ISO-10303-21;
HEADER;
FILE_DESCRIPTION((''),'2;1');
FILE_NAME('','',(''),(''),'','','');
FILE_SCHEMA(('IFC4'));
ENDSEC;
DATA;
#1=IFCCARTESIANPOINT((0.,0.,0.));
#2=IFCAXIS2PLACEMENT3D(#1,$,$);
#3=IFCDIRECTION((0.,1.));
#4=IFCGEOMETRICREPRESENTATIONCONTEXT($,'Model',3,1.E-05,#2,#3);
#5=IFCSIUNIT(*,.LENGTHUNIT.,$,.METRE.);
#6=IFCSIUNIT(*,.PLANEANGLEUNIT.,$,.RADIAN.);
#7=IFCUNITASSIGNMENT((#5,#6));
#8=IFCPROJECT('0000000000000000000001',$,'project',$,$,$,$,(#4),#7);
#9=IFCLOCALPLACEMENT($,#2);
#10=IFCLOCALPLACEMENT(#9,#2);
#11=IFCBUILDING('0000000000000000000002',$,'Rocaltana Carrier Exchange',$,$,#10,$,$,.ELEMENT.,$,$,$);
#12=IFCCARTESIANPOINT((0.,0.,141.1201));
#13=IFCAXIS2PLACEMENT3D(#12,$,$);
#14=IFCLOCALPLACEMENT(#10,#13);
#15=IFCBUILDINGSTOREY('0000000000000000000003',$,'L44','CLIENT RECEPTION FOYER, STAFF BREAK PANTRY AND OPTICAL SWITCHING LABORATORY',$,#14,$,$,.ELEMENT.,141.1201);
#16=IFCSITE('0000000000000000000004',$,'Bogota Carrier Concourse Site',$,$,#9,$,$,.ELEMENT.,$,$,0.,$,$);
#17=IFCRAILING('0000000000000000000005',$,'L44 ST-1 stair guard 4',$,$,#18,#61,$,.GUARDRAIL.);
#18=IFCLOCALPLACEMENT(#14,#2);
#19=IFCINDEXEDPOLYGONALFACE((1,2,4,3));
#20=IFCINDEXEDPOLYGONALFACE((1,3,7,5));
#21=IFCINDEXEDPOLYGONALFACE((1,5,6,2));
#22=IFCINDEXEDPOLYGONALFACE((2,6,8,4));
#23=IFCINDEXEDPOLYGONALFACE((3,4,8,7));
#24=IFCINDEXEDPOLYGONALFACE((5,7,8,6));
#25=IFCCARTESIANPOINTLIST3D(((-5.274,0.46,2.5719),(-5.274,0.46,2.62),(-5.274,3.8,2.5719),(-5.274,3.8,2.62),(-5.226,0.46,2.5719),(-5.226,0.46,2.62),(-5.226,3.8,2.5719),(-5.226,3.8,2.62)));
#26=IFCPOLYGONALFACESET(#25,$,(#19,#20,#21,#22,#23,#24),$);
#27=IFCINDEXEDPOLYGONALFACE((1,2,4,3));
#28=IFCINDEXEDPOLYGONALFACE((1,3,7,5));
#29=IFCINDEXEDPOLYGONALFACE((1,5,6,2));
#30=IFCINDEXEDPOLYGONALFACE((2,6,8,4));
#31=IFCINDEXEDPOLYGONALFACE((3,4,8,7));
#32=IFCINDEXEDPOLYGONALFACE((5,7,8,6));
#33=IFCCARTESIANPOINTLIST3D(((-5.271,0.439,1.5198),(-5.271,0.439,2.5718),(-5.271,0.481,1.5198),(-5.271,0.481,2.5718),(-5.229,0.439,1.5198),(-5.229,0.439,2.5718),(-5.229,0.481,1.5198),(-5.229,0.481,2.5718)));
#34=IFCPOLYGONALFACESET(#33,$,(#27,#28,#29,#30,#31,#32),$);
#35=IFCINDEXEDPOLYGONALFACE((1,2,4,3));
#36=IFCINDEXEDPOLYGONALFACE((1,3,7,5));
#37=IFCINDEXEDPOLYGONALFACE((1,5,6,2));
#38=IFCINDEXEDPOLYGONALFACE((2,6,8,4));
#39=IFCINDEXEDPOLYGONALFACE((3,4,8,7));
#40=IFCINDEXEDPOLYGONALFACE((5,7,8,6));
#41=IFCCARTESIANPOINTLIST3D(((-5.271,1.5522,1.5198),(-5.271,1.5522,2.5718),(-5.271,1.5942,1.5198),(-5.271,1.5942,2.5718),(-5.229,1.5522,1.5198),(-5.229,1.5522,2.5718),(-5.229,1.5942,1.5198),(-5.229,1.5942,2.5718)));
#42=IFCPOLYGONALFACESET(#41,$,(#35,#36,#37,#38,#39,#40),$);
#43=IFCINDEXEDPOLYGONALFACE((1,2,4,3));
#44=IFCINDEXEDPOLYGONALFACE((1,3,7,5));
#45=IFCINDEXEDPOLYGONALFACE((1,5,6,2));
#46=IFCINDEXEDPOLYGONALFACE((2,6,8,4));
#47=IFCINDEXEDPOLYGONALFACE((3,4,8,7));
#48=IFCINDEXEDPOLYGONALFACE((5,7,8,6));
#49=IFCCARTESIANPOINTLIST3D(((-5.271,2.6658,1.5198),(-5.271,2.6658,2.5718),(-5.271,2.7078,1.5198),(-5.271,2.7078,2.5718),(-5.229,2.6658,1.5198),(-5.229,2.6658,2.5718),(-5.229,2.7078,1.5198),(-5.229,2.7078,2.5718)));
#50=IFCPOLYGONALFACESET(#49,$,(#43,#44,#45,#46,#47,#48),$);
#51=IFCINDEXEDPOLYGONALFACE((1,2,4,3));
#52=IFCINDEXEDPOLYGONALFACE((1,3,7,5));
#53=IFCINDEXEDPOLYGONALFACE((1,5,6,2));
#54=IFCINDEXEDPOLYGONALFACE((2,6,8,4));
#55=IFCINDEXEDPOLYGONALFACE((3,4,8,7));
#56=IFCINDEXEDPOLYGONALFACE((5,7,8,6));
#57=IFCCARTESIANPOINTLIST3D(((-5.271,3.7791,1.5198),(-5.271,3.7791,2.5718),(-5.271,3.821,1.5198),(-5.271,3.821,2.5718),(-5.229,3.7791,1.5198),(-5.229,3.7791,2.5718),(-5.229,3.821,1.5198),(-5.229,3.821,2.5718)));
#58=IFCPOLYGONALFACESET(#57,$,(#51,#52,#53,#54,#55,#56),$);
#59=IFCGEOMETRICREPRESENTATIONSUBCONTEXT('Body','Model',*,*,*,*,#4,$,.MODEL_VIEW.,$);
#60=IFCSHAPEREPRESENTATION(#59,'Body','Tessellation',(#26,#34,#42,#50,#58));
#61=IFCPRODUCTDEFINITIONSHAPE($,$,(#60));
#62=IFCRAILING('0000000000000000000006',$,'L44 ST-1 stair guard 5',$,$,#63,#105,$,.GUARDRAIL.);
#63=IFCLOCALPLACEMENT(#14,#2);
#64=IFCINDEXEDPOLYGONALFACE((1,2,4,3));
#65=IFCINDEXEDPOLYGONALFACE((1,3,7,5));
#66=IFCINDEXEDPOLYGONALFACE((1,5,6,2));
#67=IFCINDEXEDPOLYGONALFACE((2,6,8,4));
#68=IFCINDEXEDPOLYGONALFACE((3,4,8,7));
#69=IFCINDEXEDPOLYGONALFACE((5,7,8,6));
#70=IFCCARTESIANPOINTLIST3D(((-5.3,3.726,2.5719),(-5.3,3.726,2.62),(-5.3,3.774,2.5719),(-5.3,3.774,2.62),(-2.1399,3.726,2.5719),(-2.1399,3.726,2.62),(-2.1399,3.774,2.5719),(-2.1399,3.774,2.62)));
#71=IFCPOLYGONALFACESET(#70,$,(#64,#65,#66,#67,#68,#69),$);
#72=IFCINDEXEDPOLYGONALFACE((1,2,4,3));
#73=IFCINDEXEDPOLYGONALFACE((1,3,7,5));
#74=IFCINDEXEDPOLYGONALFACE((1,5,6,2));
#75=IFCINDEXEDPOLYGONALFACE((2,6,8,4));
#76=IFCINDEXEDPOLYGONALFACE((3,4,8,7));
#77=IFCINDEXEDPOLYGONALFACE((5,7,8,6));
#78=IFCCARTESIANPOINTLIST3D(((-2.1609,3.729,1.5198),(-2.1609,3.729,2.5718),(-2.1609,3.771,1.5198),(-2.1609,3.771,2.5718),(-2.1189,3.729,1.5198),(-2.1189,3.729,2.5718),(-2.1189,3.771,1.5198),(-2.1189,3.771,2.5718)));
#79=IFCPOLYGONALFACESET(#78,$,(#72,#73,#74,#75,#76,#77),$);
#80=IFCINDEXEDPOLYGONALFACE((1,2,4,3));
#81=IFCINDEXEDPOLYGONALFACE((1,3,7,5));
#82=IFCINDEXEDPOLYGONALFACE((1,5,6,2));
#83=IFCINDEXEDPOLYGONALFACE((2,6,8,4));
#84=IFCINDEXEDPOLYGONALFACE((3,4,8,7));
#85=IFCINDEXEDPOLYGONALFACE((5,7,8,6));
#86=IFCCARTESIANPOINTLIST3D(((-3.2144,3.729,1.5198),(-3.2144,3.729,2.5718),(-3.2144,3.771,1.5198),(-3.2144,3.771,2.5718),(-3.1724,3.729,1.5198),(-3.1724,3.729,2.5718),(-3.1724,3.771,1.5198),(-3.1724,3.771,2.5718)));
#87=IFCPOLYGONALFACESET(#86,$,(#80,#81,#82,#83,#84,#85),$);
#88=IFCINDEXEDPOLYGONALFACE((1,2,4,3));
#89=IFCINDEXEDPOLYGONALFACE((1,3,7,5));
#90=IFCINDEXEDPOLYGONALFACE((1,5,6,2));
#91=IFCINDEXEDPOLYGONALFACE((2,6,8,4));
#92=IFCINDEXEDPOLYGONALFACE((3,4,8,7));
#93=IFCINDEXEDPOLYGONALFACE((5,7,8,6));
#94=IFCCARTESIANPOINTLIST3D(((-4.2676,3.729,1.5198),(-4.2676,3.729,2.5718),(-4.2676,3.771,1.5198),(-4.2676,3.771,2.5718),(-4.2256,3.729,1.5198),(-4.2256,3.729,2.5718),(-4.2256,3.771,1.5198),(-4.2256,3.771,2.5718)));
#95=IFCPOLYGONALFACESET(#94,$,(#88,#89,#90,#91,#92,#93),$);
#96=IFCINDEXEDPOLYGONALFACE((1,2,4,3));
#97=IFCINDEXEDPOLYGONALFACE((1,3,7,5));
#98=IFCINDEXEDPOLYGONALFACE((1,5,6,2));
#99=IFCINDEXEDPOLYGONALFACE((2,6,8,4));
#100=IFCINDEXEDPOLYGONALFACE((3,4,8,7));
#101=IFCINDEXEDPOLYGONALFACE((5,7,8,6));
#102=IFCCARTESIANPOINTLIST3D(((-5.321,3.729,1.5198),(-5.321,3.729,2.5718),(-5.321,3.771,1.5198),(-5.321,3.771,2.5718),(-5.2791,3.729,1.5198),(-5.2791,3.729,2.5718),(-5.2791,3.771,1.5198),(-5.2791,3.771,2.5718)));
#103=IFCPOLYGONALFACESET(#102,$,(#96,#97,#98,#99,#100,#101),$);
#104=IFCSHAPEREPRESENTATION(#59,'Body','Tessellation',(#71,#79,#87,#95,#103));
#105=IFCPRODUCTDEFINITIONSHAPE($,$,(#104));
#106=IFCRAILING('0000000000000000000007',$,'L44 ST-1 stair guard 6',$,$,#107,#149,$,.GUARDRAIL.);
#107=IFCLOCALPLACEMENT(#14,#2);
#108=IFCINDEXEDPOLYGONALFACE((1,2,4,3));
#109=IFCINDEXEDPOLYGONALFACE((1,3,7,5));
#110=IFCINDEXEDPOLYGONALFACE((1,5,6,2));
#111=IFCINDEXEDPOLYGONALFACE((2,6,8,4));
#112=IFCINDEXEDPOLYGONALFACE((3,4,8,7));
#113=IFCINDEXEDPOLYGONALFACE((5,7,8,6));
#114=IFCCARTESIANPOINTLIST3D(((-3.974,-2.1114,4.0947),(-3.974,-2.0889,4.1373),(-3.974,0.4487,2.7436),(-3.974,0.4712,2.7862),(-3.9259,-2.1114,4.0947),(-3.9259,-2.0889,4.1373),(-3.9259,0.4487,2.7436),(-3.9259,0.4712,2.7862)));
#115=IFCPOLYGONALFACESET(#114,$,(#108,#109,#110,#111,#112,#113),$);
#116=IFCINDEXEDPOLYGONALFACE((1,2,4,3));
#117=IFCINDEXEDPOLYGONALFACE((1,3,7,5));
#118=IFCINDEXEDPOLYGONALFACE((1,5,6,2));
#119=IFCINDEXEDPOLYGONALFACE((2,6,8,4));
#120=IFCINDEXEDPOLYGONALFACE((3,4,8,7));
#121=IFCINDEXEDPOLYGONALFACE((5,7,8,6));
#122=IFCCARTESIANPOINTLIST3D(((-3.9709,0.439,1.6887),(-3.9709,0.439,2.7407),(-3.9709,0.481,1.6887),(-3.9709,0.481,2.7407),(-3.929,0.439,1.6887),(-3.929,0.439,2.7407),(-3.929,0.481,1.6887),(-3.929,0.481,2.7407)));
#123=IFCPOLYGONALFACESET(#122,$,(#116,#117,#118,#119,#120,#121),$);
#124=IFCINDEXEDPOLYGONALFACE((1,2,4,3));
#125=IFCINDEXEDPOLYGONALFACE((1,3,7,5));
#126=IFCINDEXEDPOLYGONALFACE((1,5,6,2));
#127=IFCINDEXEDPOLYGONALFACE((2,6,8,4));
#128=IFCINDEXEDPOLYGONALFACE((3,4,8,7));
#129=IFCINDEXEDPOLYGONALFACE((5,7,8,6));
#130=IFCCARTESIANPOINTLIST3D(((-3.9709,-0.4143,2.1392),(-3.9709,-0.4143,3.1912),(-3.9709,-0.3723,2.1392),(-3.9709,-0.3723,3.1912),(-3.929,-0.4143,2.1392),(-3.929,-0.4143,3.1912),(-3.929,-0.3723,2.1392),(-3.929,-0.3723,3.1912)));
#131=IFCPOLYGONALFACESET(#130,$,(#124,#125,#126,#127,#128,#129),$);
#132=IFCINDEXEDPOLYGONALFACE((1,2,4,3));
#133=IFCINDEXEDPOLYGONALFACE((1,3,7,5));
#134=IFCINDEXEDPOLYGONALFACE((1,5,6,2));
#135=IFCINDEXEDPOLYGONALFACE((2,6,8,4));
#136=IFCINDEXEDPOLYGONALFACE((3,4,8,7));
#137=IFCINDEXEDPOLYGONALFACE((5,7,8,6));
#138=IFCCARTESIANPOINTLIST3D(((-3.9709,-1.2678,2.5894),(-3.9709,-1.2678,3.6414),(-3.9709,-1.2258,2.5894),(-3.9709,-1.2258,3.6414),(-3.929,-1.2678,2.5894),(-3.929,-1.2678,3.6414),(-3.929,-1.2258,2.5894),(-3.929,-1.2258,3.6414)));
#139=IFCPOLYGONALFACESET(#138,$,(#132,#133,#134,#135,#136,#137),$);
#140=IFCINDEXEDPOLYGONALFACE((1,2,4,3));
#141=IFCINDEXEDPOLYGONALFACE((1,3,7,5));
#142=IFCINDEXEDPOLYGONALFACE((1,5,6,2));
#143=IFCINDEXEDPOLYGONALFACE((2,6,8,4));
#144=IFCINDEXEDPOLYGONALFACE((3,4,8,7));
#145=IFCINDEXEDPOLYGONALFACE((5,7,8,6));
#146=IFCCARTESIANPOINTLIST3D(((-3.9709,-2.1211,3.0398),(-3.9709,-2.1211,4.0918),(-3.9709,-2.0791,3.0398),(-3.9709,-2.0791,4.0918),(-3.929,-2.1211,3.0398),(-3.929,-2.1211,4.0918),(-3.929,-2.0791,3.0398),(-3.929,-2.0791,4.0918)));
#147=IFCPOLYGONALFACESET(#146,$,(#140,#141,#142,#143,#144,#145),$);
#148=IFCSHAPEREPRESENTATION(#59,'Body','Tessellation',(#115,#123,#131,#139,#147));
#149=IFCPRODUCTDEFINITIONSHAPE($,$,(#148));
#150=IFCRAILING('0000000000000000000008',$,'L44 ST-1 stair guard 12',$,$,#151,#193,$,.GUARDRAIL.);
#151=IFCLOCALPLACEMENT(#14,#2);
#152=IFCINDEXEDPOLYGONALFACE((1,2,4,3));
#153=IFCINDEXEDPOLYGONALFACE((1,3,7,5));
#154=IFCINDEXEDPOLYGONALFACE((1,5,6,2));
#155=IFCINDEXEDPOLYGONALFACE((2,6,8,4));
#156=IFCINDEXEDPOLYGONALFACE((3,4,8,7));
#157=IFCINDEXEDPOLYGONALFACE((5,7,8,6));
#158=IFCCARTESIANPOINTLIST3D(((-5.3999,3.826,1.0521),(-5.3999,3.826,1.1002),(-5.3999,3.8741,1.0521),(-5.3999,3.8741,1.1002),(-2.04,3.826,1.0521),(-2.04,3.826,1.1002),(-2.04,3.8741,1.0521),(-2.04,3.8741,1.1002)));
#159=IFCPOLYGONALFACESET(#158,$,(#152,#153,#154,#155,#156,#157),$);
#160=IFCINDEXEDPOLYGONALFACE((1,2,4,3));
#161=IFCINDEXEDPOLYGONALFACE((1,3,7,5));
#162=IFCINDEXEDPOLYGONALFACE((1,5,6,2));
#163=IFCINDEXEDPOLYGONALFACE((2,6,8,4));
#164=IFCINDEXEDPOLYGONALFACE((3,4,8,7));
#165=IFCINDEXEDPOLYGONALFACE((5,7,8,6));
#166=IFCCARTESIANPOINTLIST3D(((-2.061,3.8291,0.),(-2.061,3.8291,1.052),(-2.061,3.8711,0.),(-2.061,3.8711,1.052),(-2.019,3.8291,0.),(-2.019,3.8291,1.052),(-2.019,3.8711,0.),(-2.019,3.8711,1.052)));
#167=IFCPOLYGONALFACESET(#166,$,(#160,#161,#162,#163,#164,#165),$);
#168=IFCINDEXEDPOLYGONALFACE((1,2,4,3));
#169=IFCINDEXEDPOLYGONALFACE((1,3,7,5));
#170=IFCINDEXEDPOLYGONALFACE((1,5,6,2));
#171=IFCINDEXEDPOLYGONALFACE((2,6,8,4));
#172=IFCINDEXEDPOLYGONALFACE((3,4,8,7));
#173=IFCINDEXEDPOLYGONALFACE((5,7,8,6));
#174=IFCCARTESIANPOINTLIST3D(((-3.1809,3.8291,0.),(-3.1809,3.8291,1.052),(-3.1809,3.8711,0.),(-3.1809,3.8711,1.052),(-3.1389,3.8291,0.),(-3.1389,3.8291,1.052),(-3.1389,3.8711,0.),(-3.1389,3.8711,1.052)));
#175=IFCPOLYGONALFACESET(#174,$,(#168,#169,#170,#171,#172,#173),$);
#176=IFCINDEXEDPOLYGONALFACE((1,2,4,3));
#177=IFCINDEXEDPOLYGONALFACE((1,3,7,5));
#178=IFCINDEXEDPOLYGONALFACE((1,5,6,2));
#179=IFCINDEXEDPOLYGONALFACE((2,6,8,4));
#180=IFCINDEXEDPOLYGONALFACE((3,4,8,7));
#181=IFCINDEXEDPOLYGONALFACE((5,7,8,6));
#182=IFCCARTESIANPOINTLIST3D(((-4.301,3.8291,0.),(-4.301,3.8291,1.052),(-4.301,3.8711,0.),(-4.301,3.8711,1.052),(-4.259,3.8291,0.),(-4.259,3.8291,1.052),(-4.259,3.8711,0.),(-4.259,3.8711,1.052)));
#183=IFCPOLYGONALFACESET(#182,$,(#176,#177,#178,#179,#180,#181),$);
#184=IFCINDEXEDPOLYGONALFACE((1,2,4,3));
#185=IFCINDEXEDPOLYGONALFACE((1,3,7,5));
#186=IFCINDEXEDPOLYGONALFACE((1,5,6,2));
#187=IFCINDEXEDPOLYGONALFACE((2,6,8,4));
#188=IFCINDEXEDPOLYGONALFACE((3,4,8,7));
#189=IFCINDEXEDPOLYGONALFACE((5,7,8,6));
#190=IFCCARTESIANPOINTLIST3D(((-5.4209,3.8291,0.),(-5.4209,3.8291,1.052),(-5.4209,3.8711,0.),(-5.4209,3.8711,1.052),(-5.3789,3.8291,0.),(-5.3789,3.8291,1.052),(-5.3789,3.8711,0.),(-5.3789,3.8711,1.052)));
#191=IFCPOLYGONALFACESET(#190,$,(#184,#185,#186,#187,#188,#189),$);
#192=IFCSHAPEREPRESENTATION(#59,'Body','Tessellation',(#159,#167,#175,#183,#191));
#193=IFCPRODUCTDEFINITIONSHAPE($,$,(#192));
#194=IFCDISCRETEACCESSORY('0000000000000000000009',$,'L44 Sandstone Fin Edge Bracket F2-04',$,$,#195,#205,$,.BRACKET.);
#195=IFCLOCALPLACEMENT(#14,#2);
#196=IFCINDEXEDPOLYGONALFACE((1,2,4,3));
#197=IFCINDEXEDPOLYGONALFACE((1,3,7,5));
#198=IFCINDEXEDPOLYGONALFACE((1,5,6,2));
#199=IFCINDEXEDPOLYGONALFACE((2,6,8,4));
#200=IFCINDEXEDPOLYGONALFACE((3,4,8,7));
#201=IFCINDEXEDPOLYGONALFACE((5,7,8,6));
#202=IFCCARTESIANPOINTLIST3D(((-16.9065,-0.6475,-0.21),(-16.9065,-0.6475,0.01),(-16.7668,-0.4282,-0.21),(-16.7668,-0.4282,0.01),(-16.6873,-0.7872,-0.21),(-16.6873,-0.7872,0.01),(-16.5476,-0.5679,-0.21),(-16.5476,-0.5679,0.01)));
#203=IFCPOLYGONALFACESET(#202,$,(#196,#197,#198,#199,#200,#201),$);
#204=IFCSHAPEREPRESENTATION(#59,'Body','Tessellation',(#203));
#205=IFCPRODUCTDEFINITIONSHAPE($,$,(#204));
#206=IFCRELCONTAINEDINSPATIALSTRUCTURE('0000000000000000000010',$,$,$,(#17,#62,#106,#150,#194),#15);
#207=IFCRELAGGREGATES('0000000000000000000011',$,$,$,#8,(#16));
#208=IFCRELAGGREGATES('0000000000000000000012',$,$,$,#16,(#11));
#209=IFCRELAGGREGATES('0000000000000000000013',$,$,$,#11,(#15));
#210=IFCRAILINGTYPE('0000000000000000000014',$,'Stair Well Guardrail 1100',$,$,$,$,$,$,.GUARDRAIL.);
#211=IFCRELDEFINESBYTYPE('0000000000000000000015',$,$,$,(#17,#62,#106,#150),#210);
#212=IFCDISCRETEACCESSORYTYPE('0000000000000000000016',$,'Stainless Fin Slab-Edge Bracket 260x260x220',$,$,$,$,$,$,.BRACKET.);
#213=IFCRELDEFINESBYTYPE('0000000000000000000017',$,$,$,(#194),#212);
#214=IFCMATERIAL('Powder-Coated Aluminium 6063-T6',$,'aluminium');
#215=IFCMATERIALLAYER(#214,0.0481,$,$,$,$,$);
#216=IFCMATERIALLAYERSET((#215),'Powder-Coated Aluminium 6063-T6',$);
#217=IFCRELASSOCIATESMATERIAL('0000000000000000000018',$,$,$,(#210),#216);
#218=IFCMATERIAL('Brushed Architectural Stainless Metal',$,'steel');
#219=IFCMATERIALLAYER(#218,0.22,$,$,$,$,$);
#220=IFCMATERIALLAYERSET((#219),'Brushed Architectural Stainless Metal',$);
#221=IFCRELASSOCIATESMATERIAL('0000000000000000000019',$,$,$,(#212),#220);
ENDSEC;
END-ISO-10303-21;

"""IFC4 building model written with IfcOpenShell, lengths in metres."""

from ifc_helpers import new_model, si_unit, direction, frame, origin, origin_2d, place, context, subcontext, project, spatial, rectangle, extrude, material, layer, layer_set, type_object, element, save


model = new_model("IFC4")

# Units and contexts
model_context = context("Model", 3, precision=1e-05, world=origin(), true_north=direction((0.0, 1.0)))
body_context = subcontext(model_context, "Body", "Model", "MODEL_VIEW")
ifc_project = project(units=[si_unit("LENGTHUNIT", "METRE"), si_unit("PLANEANGLEUNIT", "RADIAN")], contexts=[model_context])

# Site, building, storey
site_placement = place(None, origin())
site = spatial("IfcSite", under=ifc_project, at=site_placement, Name="Bogota Carrier Concourse Site", CompositionType="ELEMENT", RefElevation=0.0)
building_placement = place(site_placement, origin())
building = spatial("IfcBuilding", under=site, at=building_placement, Name="Rocaltana Carrier Exchange", CompositionType="ELEMENT")
storey_placement = place(building_placement, frame((0.0, 0.0, 141.1201)))
storey = spatial("IfcBuildingStorey", under=building, at=storey_placement, Name="L44", Description="CLIENT RECEPTION FOYER, STAFF BREAK PANTRY AND OPTICAL SWITCHING LABORATORY", CompositionType="ELEMENT", Elevation=141.1201)

# Railings
ifc_material_1 = material(Name="Powder-Coated Aluminium 6063-T6", Category="aluminium")
ifc_layer_1 = layer(ifc_material_1, 0.0481)
ifc_layer_set_1 = layer_set([ifc_layer_1], Name="Powder-Coated Aluminium 6063-T6")
railing_type_1 = type_object("IfcRailingType", Name="Stair Well Guardrail 1100", PredefinedType="GUARDRAIL", material=ifc_layer_set_1)
for number, where, name in (
    (1, (-5.25, 0.46, 1.5198), "L44 ST-1 stair guard 4"),
):
    element("IfcRailing", number, at=place(storey_placement, frame(where)), inside=storey, type_object=railing_type_1, Name=name, PredefinedType="GUARDRAIL", context=body_context, shape_type="SweptSolid", body=[
        extrude(rectangle(XDim=0.0481, YDim=0.0481, at=origin_2d()), frame((0.0, 0.0, 1.0762), z_axis=(0.0, 1.0, 0.0), x_axis=(-1.0, 0.0, 0.0)), (0.0, 0.0, 1.0), 3.3401),
        extrude(rectangle(XDim=0.042, YDim=0.042, at=origin_2d()), origin(), (0.0, 0.0, 1.0), 1.052),
        extrude(rectangle(XDim=0.042, YDim=0.042, at=origin_2d()), frame((0.0, 1.1133, 0.0)), (0.0, 0.0, 1.0), 1.052),
        extrude(rectangle(XDim=0.042, YDim=0.042, at=origin_2d()), frame((0.0, 2.2268, 0.0)), (0.0, 0.0, 1.0), 1.052),
        extrude(rectangle(XDim=0.042, YDim=0.042, at=origin_2d()), frame((0.0, 3.3401, 0.0)), (0.0, 0.0, 1.0), 1.052),
    ])
railing_1_placement = place(storey_placement, frame((-2.1399, 3.75, 1.5198)))
element("IfcRailing", 2, at=railing_1_placement, inside=storey, type_object=railing_type_1, Name="L44 ST-1 stair guard 5", PredefinedType="GUARDRAIL", context=body_context, shape_type="SweptSolid", body=[
    extrude(rectangle(XDim=0.0481, YDim=0.0481, at=origin_2d()), frame((0.0, 0.0, 1.0762), z_axis=(-1.0, 0.0, 0.0), x_axis=(0.0, -1.0, 0.0)), (0.0, 0.0, 1.0), 3.1602),
    extrude(rectangle(XDim=0.042, YDim=0.042, at=origin_2d()), origin(), (0.0, 0.0, 1.0), 1.052),
    extrude(rectangle(XDim=0.042, YDim=0.042, at=origin_2d()), frame((-1.0535, 0.0, 0.0)), (0.0, 0.0, 1.0), 1.052),
    extrude(rectangle(XDim=0.042, YDim=0.042, at=origin_2d()), frame((-2.1067, 0.0, 0.0)), (0.0, 0.0, 1.0), 1.052),
    extrude(rectangle(XDim=0.042, YDim=0.042, at=origin_2d()), frame((-3.1602, 0.0, 0.0)), (0.0, 0.0, 1.0), 1.052),
])
railing_2_placement = place(storey_placement, frame((-3.95, 0.46, 1.6887)))
element("IfcRailing", 3, at=railing_2_placement, inside=storey, type_object=railing_type_1, Name="L44 ST-1 stair guard 6", PredefinedType="GUARDRAIL", context=body_context, shape_type="SweptSolid", body=[
    extrude(rectangle(XDim=0.0481, YDim=0.0481, at=origin_2d()), frame((0.0, 0.0, 1.0762), z_axis=(0.0, -0.884394, 0.46674), x_axis=(1.0, 0.0, 0.0)), (0.0, 0.0, 1.0), 2.8948),
    extrude(rectangle(XDim=0.042, YDim=0.042, at=origin_2d()), origin(), (0.0, 0.0, 1.0), 1.052),
    extrude(rectangle(XDim=0.042, YDim=0.042, at=origin_2d()), frame((0.0, -0.8533, 0.4504)), (0.0, 0.0, 1.0), 1.052),
    extrude(rectangle(XDim=0.042, YDim=0.042, at=origin_2d()), frame((0.0, -1.7068, 0.9006)), (0.0, 0.0, 1.0), 1.052),
    extrude(rectangle(XDim=0.042, YDim=0.042, at=origin_2d()), frame((0.0, -2.5601, 1.3511)), (0.0, 0.0, 1.0), 1.052),
])
railing_3_placement = place(storey_placement, frame((-2.04, 3.8501, 0.0)))
element("IfcRailing", 4, at=railing_3_placement, inside=storey, type_object=railing_type_1, Name="L44 ST-1 stair guard 12", PredefinedType="GUARDRAIL", context=body_context, shape_type="SweptSolid", body=[
    extrude(rectangle(XDim=0.0481, YDim=0.0481, at=origin_2d()), frame((0.0, 0.0, 1.0762), z_axis=(-1.0, 0.0, 0.0), x_axis=(0.0, -1.0, 0.0)), (0.0, 0.0, 1.0), 3.3599),
    extrude(rectangle(XDim=0.042, YDim=0.042, at=origin_2d()), origin(), (0.0, 0.0, 1.0), 1.052),
    extrude(rectangle(XDim=0.042, YDim=0.042, at=origin_2d()), frame((-1.1199, 0.0, 0.0)), (0.0, 0.0, 1.0), 1.052),
    extrude(rectangle(XDim=0.042, YDim=0.042, at=origin_2d()), frame((-2.24, 0.0, 0.0)), (0.0, 0.0, 1.0), 1.052),
    extrude(rectangle(XDim=0.042, YDim=0.042, at=origin_2d()), frame((-3.3599, 0.0, 0.0)), (0.0, 0.0, 1.0), 1.052),
])

# Discrete accessory
ifc_material_2 = material(Name="Brushed Architectural Stainless Metal", Category="steel")
ifc_layer_2 = layer(ifc_material_2, 0.22)
ifc_layer_set_2 = layer_set([ifc_layer_2], Name="Brushed Architectural Stainless Metal")
discrete_accessory_type = type_object("IfcDiscreteAccessoryType", Name="Stainless Fin Slab-Edge Bracket 260x260x220", PredefinedType="BRACKET", material=ifc_layer_set_2)
discrete_accessory_placement = place(storey_placement, frame((-16.7271, -0.6077, -0.21), z_axis=(0.0, 0.0, 1.0), x_axis=(-0.5373, -0.843391, 0.0)))
element("IfcDiscreteAccessory", 5, at=discrete_accessory_placement, inside=storey, type_object=discrete_accessory_type, Name="L44 Sandstone Fin Edge Bracket F2-04", PredefinedType="BRACKET", context=body_context, shape_type="SweptSolid", body=[
    extrude(rectangle(XDim=0.26, YDim=0.26, at=origin_2d()), origin(), (0.0, 0.0, 1.0), 0.22),
])

save(model, "model.ifc")
